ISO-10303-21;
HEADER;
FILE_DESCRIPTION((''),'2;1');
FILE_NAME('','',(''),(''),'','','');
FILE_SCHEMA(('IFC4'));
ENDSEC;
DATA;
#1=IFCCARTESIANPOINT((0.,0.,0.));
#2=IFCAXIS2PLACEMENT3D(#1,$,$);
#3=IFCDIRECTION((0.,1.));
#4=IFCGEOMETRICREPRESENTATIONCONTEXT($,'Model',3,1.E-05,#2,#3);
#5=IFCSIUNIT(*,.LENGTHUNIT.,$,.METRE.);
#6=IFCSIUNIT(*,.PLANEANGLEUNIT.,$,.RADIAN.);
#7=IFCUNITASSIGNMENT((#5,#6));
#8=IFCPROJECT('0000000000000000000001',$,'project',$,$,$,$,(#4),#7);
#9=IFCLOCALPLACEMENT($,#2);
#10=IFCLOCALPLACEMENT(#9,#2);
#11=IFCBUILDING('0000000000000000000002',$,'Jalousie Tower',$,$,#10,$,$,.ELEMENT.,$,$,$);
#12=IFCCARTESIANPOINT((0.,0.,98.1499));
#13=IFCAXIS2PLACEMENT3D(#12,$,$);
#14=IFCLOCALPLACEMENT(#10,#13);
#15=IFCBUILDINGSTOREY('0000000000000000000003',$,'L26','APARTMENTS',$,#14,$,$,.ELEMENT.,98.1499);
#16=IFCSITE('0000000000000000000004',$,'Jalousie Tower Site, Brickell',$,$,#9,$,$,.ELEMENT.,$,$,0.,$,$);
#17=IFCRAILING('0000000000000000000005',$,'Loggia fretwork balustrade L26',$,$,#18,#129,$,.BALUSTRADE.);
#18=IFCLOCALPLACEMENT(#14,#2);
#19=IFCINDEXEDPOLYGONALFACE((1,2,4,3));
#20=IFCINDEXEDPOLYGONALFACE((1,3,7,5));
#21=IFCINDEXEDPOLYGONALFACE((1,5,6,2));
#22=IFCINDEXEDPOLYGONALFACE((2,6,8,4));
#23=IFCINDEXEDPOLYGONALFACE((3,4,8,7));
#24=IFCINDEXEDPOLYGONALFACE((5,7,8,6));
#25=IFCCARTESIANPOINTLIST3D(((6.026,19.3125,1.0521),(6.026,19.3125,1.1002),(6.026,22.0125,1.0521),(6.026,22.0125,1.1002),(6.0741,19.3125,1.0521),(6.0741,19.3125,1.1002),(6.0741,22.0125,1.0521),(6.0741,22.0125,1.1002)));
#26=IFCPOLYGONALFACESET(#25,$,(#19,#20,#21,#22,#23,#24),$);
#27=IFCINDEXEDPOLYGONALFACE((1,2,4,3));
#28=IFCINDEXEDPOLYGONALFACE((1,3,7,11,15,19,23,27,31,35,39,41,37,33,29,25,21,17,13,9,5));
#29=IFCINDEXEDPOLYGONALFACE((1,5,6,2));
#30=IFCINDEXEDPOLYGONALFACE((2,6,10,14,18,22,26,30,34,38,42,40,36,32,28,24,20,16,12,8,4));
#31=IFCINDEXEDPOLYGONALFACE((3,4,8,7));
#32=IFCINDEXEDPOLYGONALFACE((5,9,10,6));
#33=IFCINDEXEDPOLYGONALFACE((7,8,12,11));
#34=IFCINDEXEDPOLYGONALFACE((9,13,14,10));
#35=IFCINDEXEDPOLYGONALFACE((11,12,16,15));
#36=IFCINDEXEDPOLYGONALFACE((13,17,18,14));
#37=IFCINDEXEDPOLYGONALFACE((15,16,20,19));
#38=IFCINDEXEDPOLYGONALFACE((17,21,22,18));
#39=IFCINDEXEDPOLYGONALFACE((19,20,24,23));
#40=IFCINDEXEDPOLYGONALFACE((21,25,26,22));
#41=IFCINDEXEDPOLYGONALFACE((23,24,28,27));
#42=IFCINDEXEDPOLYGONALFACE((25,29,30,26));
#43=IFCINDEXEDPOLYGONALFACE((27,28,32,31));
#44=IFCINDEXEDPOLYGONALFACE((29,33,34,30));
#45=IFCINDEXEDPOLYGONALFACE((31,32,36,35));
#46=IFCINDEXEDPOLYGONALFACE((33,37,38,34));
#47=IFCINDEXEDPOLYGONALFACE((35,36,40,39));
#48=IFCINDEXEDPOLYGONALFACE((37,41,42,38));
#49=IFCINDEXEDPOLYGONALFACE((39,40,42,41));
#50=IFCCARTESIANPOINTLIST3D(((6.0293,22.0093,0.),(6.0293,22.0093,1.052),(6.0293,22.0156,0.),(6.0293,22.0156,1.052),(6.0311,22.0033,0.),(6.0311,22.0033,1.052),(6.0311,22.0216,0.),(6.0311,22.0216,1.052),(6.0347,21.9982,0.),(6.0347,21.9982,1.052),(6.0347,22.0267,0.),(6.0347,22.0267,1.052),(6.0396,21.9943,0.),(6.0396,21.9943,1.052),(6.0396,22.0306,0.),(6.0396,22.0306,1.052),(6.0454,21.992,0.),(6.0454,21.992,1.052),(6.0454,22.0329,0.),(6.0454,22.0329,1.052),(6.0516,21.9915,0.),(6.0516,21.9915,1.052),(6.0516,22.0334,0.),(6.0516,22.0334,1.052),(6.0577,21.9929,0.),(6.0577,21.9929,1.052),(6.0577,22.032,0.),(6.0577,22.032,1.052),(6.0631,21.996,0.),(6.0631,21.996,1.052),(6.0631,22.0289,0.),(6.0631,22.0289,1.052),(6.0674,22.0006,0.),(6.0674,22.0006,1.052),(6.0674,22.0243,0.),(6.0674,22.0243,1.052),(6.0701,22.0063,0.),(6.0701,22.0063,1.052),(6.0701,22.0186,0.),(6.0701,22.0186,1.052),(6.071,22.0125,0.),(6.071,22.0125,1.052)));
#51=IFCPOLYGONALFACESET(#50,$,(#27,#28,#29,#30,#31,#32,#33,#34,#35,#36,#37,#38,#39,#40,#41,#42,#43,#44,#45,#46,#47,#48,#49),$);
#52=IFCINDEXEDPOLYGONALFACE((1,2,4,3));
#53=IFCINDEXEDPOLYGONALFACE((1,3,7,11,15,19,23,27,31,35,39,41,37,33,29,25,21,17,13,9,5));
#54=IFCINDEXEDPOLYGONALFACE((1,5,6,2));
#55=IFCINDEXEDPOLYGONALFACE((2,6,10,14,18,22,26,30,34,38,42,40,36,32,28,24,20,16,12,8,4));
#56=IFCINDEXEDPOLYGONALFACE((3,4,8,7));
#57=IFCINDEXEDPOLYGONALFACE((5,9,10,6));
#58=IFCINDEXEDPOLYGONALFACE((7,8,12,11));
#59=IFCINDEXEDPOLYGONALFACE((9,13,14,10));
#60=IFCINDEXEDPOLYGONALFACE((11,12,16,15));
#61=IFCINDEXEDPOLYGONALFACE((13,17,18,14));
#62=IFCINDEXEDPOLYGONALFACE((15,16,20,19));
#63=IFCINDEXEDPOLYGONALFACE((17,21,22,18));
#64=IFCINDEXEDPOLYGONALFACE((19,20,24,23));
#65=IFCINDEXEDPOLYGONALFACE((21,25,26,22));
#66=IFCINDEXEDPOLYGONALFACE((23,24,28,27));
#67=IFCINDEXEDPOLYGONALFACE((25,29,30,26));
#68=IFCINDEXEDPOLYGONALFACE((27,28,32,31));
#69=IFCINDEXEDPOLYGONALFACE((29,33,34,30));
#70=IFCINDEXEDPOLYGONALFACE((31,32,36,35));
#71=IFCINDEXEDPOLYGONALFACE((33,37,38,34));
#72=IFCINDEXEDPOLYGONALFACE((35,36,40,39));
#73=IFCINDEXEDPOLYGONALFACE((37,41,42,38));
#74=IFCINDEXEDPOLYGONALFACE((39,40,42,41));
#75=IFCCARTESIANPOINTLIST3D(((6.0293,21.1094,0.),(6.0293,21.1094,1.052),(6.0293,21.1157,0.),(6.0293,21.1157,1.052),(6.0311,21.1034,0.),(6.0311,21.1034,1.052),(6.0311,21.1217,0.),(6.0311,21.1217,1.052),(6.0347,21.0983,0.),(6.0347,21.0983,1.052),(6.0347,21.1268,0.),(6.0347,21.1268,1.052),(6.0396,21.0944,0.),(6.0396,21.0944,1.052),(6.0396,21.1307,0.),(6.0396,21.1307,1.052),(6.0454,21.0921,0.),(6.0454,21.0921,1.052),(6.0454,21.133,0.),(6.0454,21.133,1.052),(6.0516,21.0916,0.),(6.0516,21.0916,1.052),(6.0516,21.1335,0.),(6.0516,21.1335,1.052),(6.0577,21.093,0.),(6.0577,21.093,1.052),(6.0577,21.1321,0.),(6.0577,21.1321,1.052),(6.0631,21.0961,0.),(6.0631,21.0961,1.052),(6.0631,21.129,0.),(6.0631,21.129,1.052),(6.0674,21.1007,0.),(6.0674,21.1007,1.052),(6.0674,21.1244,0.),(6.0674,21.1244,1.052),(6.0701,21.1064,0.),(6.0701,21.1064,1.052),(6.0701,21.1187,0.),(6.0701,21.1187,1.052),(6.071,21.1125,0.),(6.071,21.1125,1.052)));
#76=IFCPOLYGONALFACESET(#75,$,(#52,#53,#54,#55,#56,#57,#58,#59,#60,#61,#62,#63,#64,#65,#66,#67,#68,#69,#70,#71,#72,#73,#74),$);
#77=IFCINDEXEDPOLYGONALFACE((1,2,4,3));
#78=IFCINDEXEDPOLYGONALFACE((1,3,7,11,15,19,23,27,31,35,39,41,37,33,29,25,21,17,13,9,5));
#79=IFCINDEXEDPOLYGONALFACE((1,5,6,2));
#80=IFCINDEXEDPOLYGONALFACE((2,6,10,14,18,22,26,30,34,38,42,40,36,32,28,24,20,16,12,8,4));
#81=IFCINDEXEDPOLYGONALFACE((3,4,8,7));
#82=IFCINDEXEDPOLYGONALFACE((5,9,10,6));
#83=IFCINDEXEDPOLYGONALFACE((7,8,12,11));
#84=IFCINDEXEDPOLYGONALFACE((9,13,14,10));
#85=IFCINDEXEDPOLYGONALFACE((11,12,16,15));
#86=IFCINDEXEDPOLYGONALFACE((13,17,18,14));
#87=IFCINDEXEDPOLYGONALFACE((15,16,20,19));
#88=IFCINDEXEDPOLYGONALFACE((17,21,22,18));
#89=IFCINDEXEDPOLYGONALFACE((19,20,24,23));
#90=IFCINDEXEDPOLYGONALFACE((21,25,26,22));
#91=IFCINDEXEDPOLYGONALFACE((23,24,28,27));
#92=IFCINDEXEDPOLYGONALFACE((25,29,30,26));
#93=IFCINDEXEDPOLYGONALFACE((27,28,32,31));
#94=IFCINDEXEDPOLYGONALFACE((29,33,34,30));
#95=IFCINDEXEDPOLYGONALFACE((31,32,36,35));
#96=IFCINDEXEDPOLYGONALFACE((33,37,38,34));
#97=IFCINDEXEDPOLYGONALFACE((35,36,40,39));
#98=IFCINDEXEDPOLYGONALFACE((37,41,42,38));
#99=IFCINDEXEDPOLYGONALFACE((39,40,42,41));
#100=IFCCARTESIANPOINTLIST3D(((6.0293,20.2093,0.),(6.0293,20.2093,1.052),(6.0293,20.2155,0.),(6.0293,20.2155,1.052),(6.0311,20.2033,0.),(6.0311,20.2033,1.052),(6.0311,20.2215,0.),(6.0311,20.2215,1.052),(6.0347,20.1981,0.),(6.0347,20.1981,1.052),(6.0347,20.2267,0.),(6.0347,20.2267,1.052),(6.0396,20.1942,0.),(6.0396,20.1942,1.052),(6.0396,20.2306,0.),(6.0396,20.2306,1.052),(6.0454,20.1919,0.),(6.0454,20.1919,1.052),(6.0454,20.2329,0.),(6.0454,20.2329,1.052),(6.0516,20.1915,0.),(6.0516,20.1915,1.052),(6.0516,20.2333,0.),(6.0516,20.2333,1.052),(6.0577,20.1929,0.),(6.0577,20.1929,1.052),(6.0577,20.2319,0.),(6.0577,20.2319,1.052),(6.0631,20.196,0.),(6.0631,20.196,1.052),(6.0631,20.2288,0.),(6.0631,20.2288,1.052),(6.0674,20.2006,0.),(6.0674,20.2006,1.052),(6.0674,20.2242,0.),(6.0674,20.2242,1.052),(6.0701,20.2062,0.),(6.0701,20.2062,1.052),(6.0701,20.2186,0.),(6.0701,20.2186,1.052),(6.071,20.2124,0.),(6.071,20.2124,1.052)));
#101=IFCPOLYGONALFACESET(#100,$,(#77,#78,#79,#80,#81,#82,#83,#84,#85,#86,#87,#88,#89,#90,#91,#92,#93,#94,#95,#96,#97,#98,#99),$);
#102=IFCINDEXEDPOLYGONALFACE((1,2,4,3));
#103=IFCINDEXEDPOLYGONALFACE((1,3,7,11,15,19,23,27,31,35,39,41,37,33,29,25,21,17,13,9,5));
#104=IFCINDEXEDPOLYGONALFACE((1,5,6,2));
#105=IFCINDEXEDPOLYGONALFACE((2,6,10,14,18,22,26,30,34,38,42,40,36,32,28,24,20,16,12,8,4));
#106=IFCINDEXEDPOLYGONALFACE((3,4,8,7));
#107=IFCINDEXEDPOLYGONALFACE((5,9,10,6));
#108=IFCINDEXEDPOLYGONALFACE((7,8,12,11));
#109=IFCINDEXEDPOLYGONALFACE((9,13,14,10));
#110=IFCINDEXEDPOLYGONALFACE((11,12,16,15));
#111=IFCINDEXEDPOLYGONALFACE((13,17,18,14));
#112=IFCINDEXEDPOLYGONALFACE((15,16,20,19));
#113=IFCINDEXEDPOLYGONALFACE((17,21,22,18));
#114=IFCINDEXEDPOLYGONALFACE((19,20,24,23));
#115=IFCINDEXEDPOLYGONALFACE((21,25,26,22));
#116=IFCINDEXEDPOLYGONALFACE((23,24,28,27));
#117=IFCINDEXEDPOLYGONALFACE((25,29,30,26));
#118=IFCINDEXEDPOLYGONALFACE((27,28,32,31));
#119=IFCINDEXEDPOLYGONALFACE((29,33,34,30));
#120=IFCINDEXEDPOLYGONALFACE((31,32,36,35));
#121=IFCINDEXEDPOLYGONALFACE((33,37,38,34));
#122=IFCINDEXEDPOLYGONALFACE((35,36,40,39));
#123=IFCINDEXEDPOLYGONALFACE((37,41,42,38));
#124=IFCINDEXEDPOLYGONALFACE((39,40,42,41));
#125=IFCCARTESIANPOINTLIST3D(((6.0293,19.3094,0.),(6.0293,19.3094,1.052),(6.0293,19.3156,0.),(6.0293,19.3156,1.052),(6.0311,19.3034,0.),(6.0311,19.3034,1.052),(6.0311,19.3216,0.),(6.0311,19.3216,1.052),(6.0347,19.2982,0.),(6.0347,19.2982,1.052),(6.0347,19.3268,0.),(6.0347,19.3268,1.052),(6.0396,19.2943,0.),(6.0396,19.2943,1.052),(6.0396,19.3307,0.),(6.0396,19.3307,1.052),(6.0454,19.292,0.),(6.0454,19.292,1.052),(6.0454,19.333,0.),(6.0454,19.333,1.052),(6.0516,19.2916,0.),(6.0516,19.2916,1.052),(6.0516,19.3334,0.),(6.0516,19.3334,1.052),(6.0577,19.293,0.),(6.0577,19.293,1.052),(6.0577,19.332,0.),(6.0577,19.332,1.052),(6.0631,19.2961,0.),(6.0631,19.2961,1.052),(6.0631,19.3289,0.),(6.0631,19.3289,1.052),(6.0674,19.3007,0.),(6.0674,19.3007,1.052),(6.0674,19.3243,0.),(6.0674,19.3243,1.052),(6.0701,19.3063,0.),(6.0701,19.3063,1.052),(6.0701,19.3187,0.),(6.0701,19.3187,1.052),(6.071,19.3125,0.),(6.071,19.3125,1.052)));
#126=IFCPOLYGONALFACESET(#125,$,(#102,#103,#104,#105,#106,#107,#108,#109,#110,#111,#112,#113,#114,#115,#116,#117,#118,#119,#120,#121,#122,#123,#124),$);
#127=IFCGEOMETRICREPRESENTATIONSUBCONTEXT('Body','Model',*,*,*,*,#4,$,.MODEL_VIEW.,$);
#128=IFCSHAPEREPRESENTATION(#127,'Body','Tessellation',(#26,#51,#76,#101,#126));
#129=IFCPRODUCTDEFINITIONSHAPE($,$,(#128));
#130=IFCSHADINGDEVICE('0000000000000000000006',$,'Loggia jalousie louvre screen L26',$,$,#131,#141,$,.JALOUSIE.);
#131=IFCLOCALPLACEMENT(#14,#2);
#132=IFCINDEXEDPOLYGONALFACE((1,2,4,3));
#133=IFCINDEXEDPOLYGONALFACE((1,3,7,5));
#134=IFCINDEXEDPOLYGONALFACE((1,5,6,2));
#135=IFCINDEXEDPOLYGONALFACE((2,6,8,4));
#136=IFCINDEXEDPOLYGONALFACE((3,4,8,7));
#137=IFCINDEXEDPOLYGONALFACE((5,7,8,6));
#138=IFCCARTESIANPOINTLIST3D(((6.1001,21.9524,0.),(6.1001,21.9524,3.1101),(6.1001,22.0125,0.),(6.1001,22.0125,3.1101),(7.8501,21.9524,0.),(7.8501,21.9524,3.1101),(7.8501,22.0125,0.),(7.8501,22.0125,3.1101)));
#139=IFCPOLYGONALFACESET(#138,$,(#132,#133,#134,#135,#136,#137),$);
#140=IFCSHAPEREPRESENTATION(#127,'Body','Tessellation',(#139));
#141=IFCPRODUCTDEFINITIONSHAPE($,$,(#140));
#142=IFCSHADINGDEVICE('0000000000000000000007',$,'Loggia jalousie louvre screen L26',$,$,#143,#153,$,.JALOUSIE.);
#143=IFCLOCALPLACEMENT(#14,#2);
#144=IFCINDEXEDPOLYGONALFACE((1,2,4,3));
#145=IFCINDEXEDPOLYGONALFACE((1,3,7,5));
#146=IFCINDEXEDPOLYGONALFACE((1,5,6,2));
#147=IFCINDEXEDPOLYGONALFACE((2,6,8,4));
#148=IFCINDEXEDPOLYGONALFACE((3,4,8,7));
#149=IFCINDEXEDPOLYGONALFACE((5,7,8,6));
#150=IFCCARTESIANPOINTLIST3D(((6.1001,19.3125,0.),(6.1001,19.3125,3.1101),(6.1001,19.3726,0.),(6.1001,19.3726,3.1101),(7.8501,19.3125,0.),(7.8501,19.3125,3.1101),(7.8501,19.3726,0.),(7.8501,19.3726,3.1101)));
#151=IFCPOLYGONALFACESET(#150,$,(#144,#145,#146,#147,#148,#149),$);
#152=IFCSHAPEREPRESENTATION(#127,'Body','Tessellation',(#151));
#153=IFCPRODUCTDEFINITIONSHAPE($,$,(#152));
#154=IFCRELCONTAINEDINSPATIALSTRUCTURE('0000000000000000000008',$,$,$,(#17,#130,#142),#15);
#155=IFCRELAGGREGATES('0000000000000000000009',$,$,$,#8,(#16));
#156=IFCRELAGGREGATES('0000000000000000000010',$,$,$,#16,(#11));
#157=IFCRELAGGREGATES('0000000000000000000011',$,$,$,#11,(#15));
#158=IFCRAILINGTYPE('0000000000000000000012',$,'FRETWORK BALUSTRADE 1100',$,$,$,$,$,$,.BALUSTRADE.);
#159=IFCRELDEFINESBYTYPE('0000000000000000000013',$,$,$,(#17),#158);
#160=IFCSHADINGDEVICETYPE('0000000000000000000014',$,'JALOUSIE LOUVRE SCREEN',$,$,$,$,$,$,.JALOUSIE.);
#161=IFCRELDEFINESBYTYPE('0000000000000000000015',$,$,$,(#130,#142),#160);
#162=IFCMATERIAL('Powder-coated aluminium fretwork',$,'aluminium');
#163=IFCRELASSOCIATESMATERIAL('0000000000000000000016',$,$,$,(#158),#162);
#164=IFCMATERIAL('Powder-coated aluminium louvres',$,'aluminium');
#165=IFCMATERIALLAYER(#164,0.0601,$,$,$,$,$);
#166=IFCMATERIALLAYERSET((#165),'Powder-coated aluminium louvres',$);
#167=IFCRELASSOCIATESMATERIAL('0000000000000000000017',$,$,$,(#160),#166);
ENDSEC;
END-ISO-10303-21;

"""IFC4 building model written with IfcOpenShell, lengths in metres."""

from ifc_helpers import new_model, si_unit, direction, frame, origin, origin_2d, place, context, subcontext, project, spatial, rectangle, circle, extrude, material, layer, layer_set, type_object, element, save


model = new_model("IFC4")

# Units and contexts
model_context = context("Model", 3, precision=1e-05, world=origin(), true_north=direction((0.0, 1.0)))
body_context = subcontext(model_context, "Body", "Model", "MODEL_VIEW")
ifc_project = project(units=[si_unit("LENGTHUNIT", "METRE"), si_unit("PLANEANGLEUNIT", "RADIAN")], contexts=[model_context])

# Site, building, storey
site_placement = place(None, origin())
site = spatial("IfcSite", under=ifc_project, at=site_placement, Name="Jalousie Tower Site, Brickell", CompositionType="ELEMENT", RefElevation=0.0)
building_placement = place(site_placement, origin())
building = spatial("IfcBuilding", under=site, at=building_placement, Name="Jalousie Tower", CompositionType="ELEMENT")
storey_placement = place(building_placement, frame((0.0, 0.0, 98.1499)))
storey = spatial("IfcBuildingStorey", under=building, at=storey_placement, Name="L26", Description="APARTMENTS", CompositionType="ELEMENT", Elevation=98.1499)

# Railing
ifc_material_1 = material(Name="Powder-coated aluminium fretwork", Category="aluminium")
railing_type = type_object("IfcRailingType", Name="FRETWORK BALUSTRADE 1100", PredefinedType="BALUSTRADE", material=ifc_material_1)
railing_placement = place(storey_placement, frame((6.05, 22.0125, 0.0)))
element("IfcRailing", 1, at=railing_placement, inside=storey, type_object=railing_type, Name="Loggia fretwork balustrade L26", PredefinedType="BALUSTRADE", context=body_context, shape_type="SweptSolid", body=[
    extrude(rectangle(XDim=0.0481, YDim=0.0481, at=origin_2d()), frame((0.0, 0.0, 1.0762), z_axis=(0.0, -1.0, 0.0), x_axis=(1.0, 0.0, 0.0)), (0.0, 0.0, 1.0), 2.7),
    extrude(circle(Radius=0.021, at=origin_2d()), origin(), (0.0, 0.0, 1.0), 1.052),
    extrude(circle(Radius=0.021, at=origin_2d()), frame((0.0, -0.8999, 0.0)), (0.0, 0.0, 1.0), 1.052),
    extrude(circle(Radius=0.021, at=origin_2d()), frame((0.0, -1.8, 0.0)), (0.0, 0.0, 1.0), 1.052),
    extrude(circle(Radius=0.021, at=origin_2d()), frame((0.0, -2.7, 0.0)), (0.0, 0.0, 1.0), 1.052),
])

# Shading devices
ifc_material_2 = material(Name="Powder-coated aluminium louvres", Category="aluminium")
ifc_layer_1 = layer(ifc_material_2, 0.0601)
ifc_layer_set_1 = layer_set([ifc_layer_1], Name="Powder-coated aluminium louvres")
shading_device_type_1 = type_object("IfcShadingDeviceType", Name="JALOUSIE LOUVRE SCREEN", PredefinedType="JALOUSIE", material=ifc_layer_set_1)
for number, where, z_axis, x_axis, name in (
    (2, (6.9751, 21.9824, 0.0), (0.0, 0.0, 1.0), (0.0, -1.0, 0.0), "Loggia jalousie louvre screen L26"),
    (3, (6.9751, 19.3425, 0.0), (0.0, 0.0, 1.0), (0.0, -1.0, 0.0), "Loggia jalousie louvre screen L26"),
):
    element("IfcShadingDevice", number, at=place(storey_placement, frame(where, z_axis=z_axis, x_axis=x_axis)), inside=storey, type_object=shading_device_type_1, Name=name, PredefinedType="JALOUSIE", context=body_context, shape_type="SweptSolid", body=[
        extrude(rectangle(XDim=0.0601, YDim=1.75, at=origin_2d()), origin(), (0.0, 0.0, 1.0), 3.1101),
    ])

save(model, "model.ifc")
